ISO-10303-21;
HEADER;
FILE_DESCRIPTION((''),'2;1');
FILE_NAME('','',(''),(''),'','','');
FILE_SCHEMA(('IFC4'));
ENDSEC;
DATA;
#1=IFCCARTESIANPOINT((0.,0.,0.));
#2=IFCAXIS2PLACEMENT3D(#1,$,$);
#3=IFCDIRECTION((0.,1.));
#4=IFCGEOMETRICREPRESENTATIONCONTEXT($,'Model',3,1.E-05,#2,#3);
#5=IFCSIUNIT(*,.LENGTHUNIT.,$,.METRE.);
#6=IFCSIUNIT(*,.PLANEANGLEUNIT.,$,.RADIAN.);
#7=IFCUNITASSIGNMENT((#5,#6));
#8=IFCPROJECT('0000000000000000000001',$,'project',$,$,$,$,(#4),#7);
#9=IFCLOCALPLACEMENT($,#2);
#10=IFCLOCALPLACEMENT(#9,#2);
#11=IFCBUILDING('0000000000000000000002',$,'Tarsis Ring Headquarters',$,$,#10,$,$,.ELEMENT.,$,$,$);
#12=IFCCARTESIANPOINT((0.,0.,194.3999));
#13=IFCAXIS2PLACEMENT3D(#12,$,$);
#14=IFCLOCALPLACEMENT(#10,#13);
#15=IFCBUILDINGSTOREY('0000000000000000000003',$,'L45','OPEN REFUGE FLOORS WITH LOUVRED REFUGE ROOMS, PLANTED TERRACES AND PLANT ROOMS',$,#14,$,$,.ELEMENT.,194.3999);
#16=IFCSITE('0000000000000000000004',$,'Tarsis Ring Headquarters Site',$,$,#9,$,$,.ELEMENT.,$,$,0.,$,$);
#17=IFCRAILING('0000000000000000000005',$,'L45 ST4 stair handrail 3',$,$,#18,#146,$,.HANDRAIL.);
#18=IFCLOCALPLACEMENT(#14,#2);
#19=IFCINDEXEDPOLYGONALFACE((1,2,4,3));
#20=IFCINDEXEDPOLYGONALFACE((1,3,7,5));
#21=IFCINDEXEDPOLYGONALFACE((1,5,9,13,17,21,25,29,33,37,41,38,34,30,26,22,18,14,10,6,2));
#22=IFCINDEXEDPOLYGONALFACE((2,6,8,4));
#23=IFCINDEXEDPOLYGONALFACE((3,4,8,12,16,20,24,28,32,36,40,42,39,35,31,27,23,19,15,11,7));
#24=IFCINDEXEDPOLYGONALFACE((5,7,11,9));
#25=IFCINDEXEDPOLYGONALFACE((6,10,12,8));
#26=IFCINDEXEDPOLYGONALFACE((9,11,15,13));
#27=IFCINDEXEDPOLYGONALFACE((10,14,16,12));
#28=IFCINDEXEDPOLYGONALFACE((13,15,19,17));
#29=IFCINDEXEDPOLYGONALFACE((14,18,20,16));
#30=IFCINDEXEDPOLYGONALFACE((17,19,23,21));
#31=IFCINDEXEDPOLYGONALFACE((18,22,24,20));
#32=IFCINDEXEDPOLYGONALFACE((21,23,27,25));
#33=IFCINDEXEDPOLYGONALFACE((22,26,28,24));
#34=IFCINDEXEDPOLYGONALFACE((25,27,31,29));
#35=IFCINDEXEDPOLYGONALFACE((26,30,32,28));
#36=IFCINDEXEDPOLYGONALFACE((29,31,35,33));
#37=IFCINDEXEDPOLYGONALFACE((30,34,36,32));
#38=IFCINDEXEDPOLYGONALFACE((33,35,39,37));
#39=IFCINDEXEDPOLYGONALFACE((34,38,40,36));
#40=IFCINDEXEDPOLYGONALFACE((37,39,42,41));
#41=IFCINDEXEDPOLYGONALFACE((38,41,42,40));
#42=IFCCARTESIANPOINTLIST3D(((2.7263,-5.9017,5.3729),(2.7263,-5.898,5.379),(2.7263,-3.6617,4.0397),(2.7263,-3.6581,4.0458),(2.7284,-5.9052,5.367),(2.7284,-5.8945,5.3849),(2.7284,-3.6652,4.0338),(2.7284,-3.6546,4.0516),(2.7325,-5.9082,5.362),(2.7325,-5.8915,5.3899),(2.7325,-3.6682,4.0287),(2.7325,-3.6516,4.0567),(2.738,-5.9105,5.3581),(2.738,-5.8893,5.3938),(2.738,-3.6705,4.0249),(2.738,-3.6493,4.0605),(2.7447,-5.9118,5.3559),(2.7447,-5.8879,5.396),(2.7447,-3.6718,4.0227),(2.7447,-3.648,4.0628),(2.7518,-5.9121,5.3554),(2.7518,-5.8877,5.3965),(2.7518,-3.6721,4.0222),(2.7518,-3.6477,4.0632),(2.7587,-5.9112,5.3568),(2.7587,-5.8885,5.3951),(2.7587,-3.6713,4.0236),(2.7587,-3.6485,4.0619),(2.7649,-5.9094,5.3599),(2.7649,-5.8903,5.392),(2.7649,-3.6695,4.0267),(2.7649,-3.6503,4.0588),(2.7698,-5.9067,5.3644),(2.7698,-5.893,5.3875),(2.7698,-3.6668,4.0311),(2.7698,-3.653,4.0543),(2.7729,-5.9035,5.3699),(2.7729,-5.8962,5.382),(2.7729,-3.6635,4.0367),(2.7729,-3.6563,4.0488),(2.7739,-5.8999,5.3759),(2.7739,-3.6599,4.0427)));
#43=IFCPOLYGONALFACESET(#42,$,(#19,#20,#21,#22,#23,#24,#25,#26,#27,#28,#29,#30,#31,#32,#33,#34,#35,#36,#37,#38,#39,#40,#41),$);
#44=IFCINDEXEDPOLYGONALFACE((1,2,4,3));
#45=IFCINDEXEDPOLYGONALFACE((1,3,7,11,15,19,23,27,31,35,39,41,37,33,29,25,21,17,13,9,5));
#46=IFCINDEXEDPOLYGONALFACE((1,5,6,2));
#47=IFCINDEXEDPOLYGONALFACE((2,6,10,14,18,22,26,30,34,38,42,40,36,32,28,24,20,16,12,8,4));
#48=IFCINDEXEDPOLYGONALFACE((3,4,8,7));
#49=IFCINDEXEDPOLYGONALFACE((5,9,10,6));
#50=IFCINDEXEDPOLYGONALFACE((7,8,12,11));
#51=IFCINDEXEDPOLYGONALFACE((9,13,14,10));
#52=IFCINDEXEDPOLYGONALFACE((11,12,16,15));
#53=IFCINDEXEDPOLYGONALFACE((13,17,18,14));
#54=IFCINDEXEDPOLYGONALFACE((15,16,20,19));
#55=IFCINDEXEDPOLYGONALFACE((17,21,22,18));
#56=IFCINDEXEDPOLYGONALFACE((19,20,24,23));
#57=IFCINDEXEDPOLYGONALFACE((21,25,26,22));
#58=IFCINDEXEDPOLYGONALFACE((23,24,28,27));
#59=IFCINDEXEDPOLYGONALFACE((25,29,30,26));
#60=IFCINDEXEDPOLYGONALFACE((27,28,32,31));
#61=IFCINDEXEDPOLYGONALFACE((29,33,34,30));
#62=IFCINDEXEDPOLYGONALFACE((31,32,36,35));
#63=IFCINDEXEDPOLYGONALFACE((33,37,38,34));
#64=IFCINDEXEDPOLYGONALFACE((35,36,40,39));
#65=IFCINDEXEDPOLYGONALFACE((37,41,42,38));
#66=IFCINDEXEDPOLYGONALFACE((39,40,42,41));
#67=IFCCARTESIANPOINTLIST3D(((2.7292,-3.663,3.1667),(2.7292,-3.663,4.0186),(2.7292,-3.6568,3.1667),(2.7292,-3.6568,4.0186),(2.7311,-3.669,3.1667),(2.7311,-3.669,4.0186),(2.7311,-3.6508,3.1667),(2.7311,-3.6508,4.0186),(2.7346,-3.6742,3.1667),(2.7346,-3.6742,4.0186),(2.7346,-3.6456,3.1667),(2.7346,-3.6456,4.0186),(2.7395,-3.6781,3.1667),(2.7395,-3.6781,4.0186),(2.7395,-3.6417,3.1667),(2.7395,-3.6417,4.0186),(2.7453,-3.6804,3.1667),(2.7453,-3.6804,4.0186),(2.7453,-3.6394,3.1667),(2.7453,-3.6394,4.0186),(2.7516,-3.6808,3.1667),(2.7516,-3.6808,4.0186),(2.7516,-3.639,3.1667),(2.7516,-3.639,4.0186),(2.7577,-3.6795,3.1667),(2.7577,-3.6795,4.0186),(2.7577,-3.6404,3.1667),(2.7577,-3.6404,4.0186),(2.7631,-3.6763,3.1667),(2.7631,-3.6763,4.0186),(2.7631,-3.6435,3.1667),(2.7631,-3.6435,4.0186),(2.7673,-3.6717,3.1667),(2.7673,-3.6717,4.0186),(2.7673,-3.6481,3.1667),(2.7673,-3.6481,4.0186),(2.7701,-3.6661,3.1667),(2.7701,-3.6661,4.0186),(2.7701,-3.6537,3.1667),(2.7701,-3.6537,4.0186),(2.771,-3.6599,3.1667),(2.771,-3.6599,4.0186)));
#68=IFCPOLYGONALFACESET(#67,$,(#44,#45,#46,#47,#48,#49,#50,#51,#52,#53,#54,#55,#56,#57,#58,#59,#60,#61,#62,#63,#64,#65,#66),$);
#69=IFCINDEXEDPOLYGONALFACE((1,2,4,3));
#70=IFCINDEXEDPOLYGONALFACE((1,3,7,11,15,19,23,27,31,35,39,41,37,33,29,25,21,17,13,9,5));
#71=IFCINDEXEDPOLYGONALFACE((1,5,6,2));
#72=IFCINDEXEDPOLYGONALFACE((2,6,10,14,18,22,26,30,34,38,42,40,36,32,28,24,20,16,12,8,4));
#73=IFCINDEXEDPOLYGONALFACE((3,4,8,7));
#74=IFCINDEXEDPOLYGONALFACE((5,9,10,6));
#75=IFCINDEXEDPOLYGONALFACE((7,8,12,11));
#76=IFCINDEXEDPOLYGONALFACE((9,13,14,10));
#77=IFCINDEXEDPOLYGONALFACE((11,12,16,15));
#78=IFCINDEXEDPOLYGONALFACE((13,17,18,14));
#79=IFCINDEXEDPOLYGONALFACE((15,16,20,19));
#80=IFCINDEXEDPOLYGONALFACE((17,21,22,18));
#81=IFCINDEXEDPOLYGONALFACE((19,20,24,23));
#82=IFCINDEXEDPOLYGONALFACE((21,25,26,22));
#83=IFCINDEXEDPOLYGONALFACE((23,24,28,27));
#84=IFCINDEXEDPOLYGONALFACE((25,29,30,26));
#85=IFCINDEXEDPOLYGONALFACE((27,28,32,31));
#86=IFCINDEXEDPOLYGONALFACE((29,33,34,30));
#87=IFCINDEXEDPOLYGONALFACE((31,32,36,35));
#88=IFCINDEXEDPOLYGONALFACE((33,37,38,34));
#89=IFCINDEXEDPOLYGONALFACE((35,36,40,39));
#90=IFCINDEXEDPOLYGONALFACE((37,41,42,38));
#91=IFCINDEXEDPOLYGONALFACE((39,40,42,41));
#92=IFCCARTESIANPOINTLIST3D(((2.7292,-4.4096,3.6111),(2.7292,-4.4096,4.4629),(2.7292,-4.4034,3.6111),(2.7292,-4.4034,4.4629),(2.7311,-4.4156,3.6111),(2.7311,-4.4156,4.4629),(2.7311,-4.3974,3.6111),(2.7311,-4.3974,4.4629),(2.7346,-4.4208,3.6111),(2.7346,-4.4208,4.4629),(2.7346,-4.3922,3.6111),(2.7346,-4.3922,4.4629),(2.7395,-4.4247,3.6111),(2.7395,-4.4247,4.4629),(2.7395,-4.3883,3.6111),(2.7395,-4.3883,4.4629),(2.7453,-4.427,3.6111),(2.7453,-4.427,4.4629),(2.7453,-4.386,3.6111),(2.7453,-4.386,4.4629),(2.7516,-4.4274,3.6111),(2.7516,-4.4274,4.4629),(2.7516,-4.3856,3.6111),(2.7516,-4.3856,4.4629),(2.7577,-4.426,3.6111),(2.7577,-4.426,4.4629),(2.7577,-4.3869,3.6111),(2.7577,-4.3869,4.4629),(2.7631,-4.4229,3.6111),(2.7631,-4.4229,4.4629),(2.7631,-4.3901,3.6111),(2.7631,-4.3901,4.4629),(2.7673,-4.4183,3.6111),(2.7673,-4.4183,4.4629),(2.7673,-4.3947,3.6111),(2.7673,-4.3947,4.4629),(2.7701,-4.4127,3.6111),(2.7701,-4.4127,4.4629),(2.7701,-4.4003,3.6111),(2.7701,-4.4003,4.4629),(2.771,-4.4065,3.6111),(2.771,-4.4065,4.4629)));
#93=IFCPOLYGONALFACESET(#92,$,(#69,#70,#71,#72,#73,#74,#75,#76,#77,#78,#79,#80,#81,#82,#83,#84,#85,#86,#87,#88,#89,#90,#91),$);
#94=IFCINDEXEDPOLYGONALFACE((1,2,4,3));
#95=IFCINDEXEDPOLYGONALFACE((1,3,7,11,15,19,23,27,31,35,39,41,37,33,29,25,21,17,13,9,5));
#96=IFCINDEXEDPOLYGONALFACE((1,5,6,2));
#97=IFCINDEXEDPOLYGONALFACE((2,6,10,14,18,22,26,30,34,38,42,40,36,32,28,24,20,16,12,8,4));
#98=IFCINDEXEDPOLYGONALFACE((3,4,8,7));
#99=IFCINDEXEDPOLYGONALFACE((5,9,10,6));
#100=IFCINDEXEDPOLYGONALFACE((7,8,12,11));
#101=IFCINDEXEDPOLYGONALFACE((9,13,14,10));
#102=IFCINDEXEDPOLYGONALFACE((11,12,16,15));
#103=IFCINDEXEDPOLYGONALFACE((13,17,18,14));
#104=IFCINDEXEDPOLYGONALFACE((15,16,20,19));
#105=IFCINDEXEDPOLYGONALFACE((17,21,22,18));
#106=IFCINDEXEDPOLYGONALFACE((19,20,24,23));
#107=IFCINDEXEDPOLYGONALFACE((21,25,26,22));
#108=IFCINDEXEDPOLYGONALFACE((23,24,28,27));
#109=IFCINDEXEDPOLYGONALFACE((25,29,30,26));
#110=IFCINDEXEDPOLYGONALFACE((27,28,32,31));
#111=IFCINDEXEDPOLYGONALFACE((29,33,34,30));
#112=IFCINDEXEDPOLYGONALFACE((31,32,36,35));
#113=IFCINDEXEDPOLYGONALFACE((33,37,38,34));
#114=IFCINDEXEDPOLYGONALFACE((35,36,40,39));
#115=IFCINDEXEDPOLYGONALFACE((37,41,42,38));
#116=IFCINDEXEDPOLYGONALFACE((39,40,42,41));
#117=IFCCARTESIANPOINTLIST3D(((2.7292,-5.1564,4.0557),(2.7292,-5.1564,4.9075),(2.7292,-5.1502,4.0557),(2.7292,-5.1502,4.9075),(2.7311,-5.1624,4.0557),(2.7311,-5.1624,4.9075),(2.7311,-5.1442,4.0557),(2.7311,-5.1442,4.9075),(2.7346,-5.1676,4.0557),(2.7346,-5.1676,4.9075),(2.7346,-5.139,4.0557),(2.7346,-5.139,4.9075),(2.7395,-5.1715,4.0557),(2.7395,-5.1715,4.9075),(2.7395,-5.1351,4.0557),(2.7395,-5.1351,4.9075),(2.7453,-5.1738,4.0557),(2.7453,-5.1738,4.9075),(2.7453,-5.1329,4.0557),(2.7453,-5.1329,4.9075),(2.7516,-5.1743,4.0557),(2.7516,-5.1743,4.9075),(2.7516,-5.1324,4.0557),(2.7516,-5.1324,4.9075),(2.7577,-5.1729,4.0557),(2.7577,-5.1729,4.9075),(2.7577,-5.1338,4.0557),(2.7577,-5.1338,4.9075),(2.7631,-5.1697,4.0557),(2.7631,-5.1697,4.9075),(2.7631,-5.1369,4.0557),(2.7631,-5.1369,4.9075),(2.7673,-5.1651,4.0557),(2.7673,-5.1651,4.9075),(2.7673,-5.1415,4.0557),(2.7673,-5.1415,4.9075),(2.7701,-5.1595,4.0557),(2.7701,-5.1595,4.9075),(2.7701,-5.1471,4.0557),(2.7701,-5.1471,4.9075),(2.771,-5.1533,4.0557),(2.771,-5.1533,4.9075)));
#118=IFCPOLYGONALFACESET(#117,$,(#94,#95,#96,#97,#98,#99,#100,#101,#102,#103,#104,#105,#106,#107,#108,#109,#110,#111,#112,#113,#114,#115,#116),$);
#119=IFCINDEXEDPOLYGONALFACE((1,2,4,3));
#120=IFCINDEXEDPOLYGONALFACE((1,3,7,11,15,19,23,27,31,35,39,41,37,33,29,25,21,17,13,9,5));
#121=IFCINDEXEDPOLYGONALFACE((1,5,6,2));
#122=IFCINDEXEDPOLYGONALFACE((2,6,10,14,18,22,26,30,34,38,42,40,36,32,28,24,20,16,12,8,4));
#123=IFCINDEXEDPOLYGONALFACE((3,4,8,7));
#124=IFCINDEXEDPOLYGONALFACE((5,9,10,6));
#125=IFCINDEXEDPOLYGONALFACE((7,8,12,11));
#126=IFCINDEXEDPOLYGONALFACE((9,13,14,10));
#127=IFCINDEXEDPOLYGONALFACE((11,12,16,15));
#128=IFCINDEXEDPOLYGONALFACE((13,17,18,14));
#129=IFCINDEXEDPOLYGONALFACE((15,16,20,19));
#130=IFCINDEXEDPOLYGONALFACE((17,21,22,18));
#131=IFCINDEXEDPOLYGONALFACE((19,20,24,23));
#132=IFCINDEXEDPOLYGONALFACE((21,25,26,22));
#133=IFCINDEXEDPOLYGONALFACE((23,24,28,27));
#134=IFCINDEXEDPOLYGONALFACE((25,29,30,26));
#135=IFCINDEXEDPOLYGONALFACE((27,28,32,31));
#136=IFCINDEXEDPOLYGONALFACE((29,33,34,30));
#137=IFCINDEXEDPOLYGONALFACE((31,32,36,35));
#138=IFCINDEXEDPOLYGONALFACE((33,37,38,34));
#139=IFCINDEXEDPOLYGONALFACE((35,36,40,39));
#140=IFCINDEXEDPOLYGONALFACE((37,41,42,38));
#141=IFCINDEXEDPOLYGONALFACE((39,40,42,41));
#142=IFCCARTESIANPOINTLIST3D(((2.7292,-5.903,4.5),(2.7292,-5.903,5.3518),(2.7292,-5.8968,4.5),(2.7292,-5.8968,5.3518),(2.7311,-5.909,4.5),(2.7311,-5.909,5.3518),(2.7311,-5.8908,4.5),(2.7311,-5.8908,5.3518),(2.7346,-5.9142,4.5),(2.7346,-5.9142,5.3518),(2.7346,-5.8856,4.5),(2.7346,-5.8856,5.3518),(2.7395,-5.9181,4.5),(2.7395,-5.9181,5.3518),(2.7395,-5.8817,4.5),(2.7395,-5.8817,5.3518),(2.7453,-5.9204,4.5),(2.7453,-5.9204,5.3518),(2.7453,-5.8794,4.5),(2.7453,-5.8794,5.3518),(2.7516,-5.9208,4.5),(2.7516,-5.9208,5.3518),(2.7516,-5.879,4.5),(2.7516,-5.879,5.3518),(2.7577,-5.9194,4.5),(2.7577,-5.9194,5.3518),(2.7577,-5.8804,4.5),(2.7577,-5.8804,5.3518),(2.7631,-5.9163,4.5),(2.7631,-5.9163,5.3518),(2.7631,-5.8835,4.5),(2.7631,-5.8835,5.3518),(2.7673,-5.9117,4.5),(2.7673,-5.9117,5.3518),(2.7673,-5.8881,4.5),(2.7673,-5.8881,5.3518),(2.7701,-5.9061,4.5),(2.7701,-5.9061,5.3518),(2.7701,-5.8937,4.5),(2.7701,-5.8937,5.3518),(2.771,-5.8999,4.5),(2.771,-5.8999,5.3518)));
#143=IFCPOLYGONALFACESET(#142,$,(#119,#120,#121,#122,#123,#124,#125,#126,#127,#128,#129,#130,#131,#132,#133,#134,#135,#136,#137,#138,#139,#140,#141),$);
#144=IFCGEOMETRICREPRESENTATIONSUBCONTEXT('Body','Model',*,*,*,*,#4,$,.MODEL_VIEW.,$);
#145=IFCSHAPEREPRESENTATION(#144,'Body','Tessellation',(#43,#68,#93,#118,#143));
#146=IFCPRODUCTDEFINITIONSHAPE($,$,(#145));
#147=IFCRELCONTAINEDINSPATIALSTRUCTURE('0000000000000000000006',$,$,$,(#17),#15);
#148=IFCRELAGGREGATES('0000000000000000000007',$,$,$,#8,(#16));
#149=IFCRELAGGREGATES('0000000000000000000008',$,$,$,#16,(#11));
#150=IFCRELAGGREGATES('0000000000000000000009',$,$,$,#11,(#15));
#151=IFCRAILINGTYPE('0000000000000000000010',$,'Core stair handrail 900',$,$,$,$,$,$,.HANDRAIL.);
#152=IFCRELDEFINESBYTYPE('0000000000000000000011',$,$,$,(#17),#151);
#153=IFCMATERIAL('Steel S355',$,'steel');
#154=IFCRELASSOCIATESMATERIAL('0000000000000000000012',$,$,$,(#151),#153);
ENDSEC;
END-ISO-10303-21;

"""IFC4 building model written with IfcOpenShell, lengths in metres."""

from ifc_helpers import new_model, si_unit, direction, frame, origin, origin_2d, place, context, subcontext, project, spatial, circle, extrude, material, type_object, element, save


model = new_model("IFC4")

# Units and contexts
model_context = context("Model", 3, precision=1e-05, world=origin(), true_north=direction((0.0, 1.0)))
body_context = subcontext(model_context, "Body", "Model", "MODEL_VIEW")
ifc_project = project(units=[si_unit("LENGTHUNIT", "METRE"), si_unit("PLANEANGLEUNIT", "RADIAN")], contexts=[model_context])

# Site, building, storey
site_placement = place(None, origin())
site = spatial("IfcSite", under=ifc_project, at=site_placement, Name="Tarsis Ring Headquarters Site", CompositionType="ELEMENT", RefElevation=0.0)
building_placement = place(site_placement, origin())
building = spatial("IfcBuilding", under=site, at=building_placement, Name="Tarsis Ring Headquarters", CompositionType="ELEMENT")
storey_placement = place(building_placement, frame((0.0, 0.0, 194.3999)))
storey = spatial("IfcBuildingStorey", under=building, at=storey_placement, Name="L45", Description="OPEN REFUGE FLOORS WITH LOUVRED REFUGE ROOMS, PLANTED TERRACES AND PLANT ROOMS", CompositionType="ELEMENT", Elevation=194.3999)

# Railing
ifc_material_1 = material(Name="Steel S355", Category="steel")
railing_type_1 = type_object("IfcRailingType", Name="Core stair handrail 900", PredefinedType="HANDRAIL", material=ifc_material_1)
railing_1_placement = place(storey_placement, frame((2.75, -3.6599, 3.1667)))
element("IfcRailing", 1, at=railing_1_placement, inside=storey, type_object=railing_type_1, Name="L45 ST4 stair handrail 3", PredefinedType="HANDRAIL", context=body_context, shape_type="SweptSolid", body=[
    extrude(circle(Radius=0.0239, at=origin_2d()), frame((0.0, 0.0, 0.876), z_axis=(0.0, -0.859306, 0.511462), x_axis=(1.0, 0.0, 0.0)), (0.0, 0.0, 1.0), 2.6067),
    extrude(circle(Radius=0.021, at=origin_2d()), origin(), (0.0, 0.0, 1.0), 0.8518),
    extrude(circle(Radius=0.021, at=origin_2d()), frame((0.0, -0.7466, 0.4443)), (0.0, 0.0, 1.0), 0.8518),
    extrude(circle(Radius=0.021, at=origin_2d()), frame((0.0, -1.4934, 0.8889)), (0.0, 0.0, 1.0), 0.8518),
    extrude(circle(Radius=0.021, at=origin_2d()), frame((0.0, -2.24, 1.3333)), (0.0, 0.0, 1.0), 0.8518),
])

save(model, "model.ifc")
